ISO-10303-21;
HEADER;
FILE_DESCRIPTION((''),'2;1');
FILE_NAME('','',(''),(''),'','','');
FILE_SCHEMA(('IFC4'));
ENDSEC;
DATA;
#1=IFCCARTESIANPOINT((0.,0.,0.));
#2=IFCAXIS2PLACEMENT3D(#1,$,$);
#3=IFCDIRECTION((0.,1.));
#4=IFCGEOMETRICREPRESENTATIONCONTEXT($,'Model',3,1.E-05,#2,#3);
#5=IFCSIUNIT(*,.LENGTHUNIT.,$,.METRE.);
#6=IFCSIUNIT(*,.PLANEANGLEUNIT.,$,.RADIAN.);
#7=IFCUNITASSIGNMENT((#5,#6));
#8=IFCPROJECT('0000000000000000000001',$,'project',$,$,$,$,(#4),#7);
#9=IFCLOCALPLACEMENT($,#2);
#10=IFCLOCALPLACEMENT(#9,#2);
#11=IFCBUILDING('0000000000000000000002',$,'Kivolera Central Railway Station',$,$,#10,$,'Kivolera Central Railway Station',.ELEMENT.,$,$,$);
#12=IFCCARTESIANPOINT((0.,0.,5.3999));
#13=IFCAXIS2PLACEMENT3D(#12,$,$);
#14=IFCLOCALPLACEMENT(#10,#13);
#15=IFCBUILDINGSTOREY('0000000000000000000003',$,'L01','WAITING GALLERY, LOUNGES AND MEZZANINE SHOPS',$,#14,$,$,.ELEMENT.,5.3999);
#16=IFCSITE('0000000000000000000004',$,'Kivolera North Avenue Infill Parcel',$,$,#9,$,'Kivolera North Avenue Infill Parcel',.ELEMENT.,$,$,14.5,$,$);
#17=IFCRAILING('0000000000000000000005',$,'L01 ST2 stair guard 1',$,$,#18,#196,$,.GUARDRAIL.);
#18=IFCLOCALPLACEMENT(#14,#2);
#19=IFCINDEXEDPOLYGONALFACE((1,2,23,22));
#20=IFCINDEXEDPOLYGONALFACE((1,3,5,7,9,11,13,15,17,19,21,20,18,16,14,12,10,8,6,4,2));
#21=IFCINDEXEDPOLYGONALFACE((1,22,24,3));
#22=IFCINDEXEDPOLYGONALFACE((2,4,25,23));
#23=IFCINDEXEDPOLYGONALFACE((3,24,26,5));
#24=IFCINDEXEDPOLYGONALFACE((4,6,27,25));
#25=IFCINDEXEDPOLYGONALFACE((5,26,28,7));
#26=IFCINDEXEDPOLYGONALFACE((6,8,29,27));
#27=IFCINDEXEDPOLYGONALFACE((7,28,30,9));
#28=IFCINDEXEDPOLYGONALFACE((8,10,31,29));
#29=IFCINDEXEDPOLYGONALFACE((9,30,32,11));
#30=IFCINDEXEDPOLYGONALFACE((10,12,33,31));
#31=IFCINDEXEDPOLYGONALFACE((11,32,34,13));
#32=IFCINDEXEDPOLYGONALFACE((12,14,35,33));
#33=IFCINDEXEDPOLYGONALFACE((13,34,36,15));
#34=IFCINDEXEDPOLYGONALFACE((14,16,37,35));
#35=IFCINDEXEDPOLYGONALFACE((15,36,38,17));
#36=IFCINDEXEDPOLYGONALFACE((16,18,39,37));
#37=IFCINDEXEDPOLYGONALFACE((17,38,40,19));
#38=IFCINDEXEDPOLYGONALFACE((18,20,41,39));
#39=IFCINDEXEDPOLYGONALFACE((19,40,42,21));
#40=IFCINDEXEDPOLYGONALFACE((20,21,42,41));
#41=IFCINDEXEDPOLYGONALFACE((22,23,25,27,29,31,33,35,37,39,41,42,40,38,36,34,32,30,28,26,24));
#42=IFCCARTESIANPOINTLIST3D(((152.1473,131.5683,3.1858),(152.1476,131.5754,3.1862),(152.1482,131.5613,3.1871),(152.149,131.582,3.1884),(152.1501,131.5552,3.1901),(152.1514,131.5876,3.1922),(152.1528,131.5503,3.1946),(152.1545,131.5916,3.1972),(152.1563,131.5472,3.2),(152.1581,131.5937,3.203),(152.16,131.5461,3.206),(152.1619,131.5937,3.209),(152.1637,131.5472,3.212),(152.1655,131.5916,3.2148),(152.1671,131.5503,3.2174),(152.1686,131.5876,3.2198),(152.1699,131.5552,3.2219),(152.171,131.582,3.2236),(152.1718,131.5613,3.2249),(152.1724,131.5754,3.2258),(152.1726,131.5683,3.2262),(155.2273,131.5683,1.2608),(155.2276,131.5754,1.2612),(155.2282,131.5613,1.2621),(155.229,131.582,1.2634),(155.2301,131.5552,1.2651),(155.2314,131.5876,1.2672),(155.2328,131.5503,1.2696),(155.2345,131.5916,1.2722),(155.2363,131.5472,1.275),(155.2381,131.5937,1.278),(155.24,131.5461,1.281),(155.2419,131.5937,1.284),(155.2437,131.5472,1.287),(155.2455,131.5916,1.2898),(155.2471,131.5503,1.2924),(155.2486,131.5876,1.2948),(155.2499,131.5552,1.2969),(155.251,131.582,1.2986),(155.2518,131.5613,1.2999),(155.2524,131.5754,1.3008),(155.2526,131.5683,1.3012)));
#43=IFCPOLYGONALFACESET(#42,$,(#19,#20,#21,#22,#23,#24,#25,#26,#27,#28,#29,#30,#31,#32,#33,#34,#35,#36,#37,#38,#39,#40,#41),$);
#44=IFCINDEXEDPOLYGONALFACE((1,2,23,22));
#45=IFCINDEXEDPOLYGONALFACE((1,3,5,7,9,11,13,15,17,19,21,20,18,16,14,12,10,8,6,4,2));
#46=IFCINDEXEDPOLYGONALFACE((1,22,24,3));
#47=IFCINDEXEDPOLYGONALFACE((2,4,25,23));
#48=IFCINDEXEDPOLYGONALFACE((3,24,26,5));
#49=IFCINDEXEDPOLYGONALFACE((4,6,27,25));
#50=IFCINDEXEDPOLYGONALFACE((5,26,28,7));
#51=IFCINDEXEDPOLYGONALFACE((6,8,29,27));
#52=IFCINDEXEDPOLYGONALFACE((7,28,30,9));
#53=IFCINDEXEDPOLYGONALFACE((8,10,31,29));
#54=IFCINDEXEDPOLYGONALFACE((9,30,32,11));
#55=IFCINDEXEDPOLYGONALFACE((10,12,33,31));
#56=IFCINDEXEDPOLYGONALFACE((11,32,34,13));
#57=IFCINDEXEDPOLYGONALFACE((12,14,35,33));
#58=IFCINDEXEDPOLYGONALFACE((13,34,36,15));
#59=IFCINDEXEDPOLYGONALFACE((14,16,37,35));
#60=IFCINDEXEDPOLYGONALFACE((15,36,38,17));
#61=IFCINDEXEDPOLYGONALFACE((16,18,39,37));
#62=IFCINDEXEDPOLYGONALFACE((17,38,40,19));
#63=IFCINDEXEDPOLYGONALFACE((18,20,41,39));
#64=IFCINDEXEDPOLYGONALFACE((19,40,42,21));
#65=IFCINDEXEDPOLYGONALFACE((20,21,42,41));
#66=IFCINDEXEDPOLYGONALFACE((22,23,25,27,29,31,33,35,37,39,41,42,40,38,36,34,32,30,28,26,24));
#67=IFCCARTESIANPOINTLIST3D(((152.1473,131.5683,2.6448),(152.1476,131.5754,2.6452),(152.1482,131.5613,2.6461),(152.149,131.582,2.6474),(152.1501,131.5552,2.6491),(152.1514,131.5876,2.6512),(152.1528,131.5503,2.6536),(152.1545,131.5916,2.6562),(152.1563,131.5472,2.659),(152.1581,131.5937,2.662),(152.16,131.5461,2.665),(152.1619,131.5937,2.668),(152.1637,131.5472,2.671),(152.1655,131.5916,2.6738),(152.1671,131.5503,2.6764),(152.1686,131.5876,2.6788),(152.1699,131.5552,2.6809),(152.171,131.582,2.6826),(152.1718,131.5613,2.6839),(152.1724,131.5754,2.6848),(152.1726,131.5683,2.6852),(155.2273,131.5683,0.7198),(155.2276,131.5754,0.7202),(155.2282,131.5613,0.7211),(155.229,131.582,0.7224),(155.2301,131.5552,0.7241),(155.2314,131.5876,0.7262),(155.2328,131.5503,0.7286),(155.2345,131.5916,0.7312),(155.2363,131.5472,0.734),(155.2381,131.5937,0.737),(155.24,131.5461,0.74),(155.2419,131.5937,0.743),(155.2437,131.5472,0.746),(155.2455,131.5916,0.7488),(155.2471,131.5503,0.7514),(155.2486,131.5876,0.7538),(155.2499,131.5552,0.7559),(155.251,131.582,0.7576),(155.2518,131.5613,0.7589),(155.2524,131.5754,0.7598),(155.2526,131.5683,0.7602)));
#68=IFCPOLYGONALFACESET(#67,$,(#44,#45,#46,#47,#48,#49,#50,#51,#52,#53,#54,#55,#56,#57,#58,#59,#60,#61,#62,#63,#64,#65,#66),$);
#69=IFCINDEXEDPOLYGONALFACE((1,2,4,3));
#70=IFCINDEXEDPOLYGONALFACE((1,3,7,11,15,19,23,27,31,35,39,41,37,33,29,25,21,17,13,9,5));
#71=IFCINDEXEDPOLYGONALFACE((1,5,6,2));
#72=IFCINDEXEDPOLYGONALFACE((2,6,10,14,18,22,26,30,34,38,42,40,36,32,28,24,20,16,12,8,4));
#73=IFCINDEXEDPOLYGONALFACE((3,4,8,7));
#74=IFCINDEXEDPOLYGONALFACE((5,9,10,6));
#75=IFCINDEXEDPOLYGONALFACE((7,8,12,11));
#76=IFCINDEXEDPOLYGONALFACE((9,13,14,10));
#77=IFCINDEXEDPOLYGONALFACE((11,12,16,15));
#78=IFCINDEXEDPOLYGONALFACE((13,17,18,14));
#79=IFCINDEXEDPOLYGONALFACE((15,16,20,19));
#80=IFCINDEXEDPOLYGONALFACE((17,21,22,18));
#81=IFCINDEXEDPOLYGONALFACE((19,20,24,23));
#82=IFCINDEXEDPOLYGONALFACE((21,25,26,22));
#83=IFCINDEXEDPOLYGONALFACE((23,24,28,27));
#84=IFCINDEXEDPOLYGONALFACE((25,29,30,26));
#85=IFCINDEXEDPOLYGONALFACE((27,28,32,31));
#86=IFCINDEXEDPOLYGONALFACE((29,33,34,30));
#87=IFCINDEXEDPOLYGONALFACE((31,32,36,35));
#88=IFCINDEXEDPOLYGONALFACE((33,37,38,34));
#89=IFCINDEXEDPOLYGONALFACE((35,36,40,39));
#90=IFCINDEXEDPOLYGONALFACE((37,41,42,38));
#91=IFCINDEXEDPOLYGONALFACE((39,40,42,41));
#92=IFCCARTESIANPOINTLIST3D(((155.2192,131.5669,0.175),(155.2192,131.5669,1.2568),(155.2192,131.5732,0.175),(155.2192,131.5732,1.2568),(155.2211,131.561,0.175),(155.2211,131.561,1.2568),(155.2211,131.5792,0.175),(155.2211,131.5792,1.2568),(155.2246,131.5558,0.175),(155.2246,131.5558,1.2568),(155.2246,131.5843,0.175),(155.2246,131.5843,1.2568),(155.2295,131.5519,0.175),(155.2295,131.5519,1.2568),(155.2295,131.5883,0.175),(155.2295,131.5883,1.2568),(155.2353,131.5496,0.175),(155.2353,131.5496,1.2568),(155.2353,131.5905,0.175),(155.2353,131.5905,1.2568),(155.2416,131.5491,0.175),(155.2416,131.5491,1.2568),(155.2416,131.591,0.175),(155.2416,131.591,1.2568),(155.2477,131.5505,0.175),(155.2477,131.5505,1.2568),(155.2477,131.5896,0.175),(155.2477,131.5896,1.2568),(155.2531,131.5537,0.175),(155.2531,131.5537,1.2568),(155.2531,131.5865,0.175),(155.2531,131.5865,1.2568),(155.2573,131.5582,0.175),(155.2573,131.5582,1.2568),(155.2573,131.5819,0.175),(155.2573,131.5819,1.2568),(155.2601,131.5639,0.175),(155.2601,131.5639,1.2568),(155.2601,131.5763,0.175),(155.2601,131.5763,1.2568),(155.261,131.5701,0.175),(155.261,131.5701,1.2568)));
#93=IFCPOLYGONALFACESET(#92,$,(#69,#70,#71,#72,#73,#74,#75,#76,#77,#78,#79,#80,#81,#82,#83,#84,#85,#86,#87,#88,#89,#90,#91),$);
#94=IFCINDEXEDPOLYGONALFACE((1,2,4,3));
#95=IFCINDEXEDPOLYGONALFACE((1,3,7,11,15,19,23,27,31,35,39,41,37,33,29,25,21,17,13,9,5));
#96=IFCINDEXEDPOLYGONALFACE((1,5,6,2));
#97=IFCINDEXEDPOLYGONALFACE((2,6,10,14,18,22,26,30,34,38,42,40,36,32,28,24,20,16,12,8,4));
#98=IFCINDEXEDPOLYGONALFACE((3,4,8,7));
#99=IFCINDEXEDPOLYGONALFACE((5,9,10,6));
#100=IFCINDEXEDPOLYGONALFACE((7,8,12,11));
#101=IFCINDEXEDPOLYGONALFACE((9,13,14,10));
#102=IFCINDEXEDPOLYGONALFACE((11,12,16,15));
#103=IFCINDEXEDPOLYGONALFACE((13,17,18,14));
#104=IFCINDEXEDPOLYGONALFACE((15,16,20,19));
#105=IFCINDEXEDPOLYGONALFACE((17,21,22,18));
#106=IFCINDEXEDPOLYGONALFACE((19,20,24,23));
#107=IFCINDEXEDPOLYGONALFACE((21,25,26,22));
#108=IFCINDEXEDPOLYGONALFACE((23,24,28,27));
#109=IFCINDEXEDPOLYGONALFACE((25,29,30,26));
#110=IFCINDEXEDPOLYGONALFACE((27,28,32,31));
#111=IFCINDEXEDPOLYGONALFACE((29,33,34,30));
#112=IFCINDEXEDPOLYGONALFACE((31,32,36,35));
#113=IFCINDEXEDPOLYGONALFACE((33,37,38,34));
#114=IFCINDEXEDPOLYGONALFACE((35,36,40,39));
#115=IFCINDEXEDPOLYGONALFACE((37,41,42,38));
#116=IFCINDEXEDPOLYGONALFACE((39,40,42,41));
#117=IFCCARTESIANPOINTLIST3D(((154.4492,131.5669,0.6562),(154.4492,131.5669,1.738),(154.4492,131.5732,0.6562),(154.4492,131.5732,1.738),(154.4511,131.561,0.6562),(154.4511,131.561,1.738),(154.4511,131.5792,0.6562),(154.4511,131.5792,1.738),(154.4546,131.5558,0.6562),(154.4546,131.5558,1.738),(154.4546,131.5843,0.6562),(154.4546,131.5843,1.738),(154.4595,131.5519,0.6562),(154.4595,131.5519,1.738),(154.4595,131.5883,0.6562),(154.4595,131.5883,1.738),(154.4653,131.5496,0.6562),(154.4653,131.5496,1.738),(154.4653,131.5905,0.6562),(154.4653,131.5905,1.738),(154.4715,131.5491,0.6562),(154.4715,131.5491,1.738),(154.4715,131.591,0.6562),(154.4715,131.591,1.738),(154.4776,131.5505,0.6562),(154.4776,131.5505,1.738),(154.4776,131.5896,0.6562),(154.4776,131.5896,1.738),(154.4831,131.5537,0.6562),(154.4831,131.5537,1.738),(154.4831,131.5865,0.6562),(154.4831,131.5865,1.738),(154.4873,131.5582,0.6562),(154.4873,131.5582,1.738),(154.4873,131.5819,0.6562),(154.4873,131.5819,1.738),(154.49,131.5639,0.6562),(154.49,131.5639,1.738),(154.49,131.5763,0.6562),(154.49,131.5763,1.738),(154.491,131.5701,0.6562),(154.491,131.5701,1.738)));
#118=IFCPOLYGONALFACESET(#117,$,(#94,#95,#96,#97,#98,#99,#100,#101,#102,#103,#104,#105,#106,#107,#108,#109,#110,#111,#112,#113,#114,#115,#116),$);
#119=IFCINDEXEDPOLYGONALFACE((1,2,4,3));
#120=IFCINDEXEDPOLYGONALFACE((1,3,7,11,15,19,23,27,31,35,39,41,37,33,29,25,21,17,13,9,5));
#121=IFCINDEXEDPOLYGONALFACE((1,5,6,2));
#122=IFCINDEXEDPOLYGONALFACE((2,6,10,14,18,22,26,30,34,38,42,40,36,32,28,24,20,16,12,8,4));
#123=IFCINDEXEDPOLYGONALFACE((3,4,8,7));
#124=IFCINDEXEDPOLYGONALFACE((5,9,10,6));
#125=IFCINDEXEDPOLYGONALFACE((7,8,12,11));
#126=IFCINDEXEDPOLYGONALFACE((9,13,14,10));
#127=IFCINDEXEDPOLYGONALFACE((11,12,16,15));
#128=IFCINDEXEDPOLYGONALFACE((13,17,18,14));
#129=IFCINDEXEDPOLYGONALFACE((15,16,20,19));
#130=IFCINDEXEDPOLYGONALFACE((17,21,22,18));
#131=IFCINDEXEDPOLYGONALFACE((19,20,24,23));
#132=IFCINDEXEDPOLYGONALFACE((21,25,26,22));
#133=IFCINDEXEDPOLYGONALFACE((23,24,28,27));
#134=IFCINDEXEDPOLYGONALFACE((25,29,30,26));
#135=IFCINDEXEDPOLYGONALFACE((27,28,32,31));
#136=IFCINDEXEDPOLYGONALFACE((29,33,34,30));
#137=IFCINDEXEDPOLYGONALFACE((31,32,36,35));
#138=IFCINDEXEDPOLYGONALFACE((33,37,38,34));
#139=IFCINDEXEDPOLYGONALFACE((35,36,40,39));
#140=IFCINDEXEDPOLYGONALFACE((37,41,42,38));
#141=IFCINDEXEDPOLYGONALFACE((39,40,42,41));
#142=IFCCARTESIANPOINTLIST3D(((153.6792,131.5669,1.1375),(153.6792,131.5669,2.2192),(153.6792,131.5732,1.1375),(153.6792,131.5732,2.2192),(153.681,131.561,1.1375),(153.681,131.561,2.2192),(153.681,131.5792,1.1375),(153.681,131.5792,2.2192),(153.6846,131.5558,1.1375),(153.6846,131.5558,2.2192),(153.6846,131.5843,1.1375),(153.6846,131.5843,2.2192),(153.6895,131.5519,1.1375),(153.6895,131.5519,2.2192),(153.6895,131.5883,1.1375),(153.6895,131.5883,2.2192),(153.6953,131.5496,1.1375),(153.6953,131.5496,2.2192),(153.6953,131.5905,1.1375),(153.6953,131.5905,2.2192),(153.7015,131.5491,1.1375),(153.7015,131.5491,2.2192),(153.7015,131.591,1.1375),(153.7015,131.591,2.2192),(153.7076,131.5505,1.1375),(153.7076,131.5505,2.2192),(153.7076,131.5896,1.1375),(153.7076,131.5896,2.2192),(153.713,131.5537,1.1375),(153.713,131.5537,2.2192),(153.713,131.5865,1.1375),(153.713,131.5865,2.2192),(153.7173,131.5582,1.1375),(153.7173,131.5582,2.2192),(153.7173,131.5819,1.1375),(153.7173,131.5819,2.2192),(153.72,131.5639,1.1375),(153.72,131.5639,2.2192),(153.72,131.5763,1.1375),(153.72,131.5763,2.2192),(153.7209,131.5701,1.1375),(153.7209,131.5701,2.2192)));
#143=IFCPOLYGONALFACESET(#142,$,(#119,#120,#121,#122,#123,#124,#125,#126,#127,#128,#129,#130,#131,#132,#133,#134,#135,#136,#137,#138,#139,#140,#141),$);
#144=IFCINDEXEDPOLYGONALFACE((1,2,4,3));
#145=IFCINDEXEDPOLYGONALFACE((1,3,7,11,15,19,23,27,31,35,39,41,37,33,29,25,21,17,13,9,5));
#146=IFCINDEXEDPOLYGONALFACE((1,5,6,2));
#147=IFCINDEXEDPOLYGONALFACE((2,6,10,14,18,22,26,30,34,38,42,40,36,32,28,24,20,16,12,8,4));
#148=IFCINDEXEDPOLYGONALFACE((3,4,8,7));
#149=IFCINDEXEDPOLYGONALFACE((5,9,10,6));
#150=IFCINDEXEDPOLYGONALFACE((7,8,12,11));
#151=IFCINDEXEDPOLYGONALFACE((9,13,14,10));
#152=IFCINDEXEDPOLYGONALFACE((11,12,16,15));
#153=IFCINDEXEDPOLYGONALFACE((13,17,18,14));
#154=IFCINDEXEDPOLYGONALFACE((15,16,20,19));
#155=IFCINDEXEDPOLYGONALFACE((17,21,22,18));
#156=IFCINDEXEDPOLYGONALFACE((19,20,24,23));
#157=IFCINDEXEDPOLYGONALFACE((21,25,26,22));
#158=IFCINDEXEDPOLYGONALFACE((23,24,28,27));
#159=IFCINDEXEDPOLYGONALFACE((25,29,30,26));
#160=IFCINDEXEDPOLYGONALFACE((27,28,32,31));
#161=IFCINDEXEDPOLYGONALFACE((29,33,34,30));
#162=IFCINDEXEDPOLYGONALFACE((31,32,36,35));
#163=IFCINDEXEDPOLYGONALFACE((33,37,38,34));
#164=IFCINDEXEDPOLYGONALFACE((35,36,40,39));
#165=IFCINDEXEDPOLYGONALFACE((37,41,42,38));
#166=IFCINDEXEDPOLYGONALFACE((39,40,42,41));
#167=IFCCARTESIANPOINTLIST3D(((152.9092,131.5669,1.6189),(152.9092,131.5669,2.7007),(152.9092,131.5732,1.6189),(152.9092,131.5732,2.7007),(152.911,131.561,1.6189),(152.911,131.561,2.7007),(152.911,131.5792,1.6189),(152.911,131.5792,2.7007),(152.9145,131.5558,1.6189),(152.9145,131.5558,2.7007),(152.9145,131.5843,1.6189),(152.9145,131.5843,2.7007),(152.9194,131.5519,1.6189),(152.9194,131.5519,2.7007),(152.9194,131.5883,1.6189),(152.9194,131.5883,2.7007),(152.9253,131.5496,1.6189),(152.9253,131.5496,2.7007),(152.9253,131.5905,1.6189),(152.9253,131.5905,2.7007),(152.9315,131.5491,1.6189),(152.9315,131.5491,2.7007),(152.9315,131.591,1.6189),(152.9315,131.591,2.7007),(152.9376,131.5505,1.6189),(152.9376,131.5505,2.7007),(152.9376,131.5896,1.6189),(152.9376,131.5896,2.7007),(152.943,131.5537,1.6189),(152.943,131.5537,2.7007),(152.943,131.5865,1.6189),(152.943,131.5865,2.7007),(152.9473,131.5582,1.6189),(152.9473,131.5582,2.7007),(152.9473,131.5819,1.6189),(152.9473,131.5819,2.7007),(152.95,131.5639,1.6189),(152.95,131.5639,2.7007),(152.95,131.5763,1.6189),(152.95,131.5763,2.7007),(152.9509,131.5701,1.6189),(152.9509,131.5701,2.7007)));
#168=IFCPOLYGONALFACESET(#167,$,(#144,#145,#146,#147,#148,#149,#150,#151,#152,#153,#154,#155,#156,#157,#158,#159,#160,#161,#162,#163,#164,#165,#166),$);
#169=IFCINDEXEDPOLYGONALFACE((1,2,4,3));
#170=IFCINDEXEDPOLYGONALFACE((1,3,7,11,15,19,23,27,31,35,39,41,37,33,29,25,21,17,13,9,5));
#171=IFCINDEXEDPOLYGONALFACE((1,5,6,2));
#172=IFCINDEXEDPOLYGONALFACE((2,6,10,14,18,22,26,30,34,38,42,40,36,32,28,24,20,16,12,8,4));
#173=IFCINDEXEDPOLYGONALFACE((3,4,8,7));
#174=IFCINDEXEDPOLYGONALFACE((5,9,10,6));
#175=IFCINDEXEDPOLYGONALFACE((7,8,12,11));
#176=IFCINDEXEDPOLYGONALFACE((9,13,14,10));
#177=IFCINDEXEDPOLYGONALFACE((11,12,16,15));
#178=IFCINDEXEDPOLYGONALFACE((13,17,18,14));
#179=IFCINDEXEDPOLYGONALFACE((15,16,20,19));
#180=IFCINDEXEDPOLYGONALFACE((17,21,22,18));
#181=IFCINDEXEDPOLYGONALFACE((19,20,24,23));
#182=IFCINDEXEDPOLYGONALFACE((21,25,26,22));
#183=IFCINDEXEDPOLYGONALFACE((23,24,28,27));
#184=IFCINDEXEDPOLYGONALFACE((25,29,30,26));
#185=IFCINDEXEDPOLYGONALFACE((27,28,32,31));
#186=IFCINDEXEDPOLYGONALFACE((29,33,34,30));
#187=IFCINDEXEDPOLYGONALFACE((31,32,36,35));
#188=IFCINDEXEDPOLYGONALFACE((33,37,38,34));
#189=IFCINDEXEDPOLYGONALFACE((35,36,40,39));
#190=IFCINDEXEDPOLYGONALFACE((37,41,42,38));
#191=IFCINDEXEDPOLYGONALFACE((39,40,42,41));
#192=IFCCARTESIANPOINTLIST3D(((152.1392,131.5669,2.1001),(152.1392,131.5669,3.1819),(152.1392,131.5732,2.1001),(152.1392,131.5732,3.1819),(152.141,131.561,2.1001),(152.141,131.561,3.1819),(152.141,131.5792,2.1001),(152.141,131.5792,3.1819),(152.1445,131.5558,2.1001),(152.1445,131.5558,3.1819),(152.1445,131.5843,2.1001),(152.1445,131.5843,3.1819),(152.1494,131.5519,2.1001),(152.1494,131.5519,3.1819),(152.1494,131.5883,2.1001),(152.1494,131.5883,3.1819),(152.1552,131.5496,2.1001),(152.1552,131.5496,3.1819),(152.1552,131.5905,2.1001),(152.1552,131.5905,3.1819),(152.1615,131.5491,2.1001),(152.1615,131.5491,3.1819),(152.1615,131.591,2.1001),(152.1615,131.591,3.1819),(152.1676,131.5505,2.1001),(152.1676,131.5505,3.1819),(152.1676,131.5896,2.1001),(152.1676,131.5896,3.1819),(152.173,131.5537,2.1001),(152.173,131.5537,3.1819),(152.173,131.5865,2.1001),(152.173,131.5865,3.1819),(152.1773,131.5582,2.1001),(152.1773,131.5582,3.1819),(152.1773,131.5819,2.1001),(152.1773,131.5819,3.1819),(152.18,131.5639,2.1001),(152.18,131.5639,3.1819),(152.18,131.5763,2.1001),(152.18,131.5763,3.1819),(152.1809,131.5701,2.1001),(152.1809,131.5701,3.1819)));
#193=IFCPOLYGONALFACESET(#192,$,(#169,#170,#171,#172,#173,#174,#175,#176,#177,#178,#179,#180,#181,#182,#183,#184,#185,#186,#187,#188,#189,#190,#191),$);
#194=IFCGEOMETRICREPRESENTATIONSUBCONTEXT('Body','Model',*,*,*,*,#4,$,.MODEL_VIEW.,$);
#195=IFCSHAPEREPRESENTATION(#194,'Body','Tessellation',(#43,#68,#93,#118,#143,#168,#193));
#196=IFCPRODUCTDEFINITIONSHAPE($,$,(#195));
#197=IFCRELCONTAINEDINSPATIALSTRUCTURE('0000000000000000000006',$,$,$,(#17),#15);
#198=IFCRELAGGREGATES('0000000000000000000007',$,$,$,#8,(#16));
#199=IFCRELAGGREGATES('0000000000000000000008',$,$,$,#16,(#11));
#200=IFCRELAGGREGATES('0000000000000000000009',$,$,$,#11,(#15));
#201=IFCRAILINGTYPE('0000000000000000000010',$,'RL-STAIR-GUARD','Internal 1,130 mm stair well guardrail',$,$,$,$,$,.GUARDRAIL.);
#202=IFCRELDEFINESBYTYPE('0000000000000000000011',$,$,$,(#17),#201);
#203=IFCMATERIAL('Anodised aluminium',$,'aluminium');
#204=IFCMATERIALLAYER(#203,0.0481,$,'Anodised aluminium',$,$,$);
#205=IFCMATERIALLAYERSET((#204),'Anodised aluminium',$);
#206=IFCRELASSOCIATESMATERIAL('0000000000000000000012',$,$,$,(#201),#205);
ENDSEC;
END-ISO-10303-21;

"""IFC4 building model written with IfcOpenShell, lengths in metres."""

from ifc_helpers import new_model, si_unit, direction, frame, origin, origin_2d, place, context, subcontext, project, spatial, circle, extrude, material, layer, layer_set, type_object, element, save


model = new_model("IFC4")

# Units and contexts
model_context = context("Model", 3, precision=1e-05, world=origin(), true_north=direction((0.0, 1.0)))
body_context = subcontext(model_context, "Body", "Model", "MODEL_VIEW")
ifc_project = project(units=[si_unit("LENGTHUNIT", "METRE"), si_unit("PLANEANGLEUNIT", "RADIAN")], contexts=[model_context])

# Site, building, storey
site_placement = place(None, origin())
site = spatial("IfcSite", under=ifc_project, at=site_placement, Name="Kivolera North Avenue Infill Parcel", LongName="Kivolera North Avenue Infill Parcel", CompositionType="ELEMENT", RefElevation=14.5)
building_placement = place(site_placement, origin())
building = spatial("IfcBuilding", under=site, at=building_placement, Name="Kivolera Central Railway Station", LongName="Kivolera Central Railway Station", CompositionType="ELEMENT")
storey_placement = place(building_placement, frame((0.0, 0.0, 5.3999)))
storey = spatial("IfcBuildingStorey", under=building, at=storey_placement, Name="L01", Description="WAITING GALLERY, LOUNGES AND MEZZANINE SHOPS", CompositionType="ELEMENT", Elevation=5.3999)

# Shared definitions
ifc_material_1 = material(Name="Anodised aluminium", Category="aluminium")

# Railing
ifc_layer_1 = layer(ifc_material_1, 0.0481, Name="Anodised aluminium")
ifc_layer_set_1 = layer_set([ifc_layer_1], Name="Anodised aluminium")
railing_type_1 = type_object("IfcRailingType", Name="RL-STAIR-GUARD", Description="Internal 1,130 mm stair well guardrail", PredefinedType="GUARDRAIL", material=ifc_layer_set_1)
railing_1_placement = place(storey_placement, frame((155.24, 131.5701, 0.175)))
element("IfcRailing", 1, at=railing_1_placement, inside=storey, type_object=railing_type_1, Name="L01 ST2 stair guard 1", PredefinedType="GUARDRAIL", context=body_context, shape_type="SweptSolid", body=[
    extrude(circle(Radius=0.0239, at=origin_2d()), frame((0.0, 0.0, 1.106), z_axis=(-0.847998, 0.0, 0.529999), x_axis=(0.0, -1.0, 0.0)), (0.0, 0.0, 1.0), 3.6321),
    extrude(circle(Radius=0.0239, at=origin_2d()), frame((0.0, 0.0, 0.5649), z_axis=(-0.847998, 0.0, 0.529999), x_axis=(0.0, -1.0, 0.0)), (0.0, 0.0, 1.0), 3.6321),
    extrude(circle(Radius=0.021, at=origin_2d()), origin(), (0.0, 0.0, 1.0), 1.0818),
    extrude(circle(Radius=0.021, at=origin_2d()), frame((-0.77, 0.0, 0.4812)), (0.0, 0.0, 1.0), 1.0818),
    extrude(circle(Radius=0.021, at=origin_2d()), frame((-1.54, 0.0, 0.9624)), (0.0, 0.0, 1.0), 1.0818),
    extrude(circle(Radius=0.021, at=origin_2d()), frame((-2.3101, 0.0, 1.4438)), (0.0, 0.0, 1.0), 1.0818),
    extrude(circle(Radius=0.021, at=origin_2d()), frame((-3.0801, 0.0, 1.925)), (0.0, 0.0, 1.0), 1.0818),
])

save(model, "model.ifc")
